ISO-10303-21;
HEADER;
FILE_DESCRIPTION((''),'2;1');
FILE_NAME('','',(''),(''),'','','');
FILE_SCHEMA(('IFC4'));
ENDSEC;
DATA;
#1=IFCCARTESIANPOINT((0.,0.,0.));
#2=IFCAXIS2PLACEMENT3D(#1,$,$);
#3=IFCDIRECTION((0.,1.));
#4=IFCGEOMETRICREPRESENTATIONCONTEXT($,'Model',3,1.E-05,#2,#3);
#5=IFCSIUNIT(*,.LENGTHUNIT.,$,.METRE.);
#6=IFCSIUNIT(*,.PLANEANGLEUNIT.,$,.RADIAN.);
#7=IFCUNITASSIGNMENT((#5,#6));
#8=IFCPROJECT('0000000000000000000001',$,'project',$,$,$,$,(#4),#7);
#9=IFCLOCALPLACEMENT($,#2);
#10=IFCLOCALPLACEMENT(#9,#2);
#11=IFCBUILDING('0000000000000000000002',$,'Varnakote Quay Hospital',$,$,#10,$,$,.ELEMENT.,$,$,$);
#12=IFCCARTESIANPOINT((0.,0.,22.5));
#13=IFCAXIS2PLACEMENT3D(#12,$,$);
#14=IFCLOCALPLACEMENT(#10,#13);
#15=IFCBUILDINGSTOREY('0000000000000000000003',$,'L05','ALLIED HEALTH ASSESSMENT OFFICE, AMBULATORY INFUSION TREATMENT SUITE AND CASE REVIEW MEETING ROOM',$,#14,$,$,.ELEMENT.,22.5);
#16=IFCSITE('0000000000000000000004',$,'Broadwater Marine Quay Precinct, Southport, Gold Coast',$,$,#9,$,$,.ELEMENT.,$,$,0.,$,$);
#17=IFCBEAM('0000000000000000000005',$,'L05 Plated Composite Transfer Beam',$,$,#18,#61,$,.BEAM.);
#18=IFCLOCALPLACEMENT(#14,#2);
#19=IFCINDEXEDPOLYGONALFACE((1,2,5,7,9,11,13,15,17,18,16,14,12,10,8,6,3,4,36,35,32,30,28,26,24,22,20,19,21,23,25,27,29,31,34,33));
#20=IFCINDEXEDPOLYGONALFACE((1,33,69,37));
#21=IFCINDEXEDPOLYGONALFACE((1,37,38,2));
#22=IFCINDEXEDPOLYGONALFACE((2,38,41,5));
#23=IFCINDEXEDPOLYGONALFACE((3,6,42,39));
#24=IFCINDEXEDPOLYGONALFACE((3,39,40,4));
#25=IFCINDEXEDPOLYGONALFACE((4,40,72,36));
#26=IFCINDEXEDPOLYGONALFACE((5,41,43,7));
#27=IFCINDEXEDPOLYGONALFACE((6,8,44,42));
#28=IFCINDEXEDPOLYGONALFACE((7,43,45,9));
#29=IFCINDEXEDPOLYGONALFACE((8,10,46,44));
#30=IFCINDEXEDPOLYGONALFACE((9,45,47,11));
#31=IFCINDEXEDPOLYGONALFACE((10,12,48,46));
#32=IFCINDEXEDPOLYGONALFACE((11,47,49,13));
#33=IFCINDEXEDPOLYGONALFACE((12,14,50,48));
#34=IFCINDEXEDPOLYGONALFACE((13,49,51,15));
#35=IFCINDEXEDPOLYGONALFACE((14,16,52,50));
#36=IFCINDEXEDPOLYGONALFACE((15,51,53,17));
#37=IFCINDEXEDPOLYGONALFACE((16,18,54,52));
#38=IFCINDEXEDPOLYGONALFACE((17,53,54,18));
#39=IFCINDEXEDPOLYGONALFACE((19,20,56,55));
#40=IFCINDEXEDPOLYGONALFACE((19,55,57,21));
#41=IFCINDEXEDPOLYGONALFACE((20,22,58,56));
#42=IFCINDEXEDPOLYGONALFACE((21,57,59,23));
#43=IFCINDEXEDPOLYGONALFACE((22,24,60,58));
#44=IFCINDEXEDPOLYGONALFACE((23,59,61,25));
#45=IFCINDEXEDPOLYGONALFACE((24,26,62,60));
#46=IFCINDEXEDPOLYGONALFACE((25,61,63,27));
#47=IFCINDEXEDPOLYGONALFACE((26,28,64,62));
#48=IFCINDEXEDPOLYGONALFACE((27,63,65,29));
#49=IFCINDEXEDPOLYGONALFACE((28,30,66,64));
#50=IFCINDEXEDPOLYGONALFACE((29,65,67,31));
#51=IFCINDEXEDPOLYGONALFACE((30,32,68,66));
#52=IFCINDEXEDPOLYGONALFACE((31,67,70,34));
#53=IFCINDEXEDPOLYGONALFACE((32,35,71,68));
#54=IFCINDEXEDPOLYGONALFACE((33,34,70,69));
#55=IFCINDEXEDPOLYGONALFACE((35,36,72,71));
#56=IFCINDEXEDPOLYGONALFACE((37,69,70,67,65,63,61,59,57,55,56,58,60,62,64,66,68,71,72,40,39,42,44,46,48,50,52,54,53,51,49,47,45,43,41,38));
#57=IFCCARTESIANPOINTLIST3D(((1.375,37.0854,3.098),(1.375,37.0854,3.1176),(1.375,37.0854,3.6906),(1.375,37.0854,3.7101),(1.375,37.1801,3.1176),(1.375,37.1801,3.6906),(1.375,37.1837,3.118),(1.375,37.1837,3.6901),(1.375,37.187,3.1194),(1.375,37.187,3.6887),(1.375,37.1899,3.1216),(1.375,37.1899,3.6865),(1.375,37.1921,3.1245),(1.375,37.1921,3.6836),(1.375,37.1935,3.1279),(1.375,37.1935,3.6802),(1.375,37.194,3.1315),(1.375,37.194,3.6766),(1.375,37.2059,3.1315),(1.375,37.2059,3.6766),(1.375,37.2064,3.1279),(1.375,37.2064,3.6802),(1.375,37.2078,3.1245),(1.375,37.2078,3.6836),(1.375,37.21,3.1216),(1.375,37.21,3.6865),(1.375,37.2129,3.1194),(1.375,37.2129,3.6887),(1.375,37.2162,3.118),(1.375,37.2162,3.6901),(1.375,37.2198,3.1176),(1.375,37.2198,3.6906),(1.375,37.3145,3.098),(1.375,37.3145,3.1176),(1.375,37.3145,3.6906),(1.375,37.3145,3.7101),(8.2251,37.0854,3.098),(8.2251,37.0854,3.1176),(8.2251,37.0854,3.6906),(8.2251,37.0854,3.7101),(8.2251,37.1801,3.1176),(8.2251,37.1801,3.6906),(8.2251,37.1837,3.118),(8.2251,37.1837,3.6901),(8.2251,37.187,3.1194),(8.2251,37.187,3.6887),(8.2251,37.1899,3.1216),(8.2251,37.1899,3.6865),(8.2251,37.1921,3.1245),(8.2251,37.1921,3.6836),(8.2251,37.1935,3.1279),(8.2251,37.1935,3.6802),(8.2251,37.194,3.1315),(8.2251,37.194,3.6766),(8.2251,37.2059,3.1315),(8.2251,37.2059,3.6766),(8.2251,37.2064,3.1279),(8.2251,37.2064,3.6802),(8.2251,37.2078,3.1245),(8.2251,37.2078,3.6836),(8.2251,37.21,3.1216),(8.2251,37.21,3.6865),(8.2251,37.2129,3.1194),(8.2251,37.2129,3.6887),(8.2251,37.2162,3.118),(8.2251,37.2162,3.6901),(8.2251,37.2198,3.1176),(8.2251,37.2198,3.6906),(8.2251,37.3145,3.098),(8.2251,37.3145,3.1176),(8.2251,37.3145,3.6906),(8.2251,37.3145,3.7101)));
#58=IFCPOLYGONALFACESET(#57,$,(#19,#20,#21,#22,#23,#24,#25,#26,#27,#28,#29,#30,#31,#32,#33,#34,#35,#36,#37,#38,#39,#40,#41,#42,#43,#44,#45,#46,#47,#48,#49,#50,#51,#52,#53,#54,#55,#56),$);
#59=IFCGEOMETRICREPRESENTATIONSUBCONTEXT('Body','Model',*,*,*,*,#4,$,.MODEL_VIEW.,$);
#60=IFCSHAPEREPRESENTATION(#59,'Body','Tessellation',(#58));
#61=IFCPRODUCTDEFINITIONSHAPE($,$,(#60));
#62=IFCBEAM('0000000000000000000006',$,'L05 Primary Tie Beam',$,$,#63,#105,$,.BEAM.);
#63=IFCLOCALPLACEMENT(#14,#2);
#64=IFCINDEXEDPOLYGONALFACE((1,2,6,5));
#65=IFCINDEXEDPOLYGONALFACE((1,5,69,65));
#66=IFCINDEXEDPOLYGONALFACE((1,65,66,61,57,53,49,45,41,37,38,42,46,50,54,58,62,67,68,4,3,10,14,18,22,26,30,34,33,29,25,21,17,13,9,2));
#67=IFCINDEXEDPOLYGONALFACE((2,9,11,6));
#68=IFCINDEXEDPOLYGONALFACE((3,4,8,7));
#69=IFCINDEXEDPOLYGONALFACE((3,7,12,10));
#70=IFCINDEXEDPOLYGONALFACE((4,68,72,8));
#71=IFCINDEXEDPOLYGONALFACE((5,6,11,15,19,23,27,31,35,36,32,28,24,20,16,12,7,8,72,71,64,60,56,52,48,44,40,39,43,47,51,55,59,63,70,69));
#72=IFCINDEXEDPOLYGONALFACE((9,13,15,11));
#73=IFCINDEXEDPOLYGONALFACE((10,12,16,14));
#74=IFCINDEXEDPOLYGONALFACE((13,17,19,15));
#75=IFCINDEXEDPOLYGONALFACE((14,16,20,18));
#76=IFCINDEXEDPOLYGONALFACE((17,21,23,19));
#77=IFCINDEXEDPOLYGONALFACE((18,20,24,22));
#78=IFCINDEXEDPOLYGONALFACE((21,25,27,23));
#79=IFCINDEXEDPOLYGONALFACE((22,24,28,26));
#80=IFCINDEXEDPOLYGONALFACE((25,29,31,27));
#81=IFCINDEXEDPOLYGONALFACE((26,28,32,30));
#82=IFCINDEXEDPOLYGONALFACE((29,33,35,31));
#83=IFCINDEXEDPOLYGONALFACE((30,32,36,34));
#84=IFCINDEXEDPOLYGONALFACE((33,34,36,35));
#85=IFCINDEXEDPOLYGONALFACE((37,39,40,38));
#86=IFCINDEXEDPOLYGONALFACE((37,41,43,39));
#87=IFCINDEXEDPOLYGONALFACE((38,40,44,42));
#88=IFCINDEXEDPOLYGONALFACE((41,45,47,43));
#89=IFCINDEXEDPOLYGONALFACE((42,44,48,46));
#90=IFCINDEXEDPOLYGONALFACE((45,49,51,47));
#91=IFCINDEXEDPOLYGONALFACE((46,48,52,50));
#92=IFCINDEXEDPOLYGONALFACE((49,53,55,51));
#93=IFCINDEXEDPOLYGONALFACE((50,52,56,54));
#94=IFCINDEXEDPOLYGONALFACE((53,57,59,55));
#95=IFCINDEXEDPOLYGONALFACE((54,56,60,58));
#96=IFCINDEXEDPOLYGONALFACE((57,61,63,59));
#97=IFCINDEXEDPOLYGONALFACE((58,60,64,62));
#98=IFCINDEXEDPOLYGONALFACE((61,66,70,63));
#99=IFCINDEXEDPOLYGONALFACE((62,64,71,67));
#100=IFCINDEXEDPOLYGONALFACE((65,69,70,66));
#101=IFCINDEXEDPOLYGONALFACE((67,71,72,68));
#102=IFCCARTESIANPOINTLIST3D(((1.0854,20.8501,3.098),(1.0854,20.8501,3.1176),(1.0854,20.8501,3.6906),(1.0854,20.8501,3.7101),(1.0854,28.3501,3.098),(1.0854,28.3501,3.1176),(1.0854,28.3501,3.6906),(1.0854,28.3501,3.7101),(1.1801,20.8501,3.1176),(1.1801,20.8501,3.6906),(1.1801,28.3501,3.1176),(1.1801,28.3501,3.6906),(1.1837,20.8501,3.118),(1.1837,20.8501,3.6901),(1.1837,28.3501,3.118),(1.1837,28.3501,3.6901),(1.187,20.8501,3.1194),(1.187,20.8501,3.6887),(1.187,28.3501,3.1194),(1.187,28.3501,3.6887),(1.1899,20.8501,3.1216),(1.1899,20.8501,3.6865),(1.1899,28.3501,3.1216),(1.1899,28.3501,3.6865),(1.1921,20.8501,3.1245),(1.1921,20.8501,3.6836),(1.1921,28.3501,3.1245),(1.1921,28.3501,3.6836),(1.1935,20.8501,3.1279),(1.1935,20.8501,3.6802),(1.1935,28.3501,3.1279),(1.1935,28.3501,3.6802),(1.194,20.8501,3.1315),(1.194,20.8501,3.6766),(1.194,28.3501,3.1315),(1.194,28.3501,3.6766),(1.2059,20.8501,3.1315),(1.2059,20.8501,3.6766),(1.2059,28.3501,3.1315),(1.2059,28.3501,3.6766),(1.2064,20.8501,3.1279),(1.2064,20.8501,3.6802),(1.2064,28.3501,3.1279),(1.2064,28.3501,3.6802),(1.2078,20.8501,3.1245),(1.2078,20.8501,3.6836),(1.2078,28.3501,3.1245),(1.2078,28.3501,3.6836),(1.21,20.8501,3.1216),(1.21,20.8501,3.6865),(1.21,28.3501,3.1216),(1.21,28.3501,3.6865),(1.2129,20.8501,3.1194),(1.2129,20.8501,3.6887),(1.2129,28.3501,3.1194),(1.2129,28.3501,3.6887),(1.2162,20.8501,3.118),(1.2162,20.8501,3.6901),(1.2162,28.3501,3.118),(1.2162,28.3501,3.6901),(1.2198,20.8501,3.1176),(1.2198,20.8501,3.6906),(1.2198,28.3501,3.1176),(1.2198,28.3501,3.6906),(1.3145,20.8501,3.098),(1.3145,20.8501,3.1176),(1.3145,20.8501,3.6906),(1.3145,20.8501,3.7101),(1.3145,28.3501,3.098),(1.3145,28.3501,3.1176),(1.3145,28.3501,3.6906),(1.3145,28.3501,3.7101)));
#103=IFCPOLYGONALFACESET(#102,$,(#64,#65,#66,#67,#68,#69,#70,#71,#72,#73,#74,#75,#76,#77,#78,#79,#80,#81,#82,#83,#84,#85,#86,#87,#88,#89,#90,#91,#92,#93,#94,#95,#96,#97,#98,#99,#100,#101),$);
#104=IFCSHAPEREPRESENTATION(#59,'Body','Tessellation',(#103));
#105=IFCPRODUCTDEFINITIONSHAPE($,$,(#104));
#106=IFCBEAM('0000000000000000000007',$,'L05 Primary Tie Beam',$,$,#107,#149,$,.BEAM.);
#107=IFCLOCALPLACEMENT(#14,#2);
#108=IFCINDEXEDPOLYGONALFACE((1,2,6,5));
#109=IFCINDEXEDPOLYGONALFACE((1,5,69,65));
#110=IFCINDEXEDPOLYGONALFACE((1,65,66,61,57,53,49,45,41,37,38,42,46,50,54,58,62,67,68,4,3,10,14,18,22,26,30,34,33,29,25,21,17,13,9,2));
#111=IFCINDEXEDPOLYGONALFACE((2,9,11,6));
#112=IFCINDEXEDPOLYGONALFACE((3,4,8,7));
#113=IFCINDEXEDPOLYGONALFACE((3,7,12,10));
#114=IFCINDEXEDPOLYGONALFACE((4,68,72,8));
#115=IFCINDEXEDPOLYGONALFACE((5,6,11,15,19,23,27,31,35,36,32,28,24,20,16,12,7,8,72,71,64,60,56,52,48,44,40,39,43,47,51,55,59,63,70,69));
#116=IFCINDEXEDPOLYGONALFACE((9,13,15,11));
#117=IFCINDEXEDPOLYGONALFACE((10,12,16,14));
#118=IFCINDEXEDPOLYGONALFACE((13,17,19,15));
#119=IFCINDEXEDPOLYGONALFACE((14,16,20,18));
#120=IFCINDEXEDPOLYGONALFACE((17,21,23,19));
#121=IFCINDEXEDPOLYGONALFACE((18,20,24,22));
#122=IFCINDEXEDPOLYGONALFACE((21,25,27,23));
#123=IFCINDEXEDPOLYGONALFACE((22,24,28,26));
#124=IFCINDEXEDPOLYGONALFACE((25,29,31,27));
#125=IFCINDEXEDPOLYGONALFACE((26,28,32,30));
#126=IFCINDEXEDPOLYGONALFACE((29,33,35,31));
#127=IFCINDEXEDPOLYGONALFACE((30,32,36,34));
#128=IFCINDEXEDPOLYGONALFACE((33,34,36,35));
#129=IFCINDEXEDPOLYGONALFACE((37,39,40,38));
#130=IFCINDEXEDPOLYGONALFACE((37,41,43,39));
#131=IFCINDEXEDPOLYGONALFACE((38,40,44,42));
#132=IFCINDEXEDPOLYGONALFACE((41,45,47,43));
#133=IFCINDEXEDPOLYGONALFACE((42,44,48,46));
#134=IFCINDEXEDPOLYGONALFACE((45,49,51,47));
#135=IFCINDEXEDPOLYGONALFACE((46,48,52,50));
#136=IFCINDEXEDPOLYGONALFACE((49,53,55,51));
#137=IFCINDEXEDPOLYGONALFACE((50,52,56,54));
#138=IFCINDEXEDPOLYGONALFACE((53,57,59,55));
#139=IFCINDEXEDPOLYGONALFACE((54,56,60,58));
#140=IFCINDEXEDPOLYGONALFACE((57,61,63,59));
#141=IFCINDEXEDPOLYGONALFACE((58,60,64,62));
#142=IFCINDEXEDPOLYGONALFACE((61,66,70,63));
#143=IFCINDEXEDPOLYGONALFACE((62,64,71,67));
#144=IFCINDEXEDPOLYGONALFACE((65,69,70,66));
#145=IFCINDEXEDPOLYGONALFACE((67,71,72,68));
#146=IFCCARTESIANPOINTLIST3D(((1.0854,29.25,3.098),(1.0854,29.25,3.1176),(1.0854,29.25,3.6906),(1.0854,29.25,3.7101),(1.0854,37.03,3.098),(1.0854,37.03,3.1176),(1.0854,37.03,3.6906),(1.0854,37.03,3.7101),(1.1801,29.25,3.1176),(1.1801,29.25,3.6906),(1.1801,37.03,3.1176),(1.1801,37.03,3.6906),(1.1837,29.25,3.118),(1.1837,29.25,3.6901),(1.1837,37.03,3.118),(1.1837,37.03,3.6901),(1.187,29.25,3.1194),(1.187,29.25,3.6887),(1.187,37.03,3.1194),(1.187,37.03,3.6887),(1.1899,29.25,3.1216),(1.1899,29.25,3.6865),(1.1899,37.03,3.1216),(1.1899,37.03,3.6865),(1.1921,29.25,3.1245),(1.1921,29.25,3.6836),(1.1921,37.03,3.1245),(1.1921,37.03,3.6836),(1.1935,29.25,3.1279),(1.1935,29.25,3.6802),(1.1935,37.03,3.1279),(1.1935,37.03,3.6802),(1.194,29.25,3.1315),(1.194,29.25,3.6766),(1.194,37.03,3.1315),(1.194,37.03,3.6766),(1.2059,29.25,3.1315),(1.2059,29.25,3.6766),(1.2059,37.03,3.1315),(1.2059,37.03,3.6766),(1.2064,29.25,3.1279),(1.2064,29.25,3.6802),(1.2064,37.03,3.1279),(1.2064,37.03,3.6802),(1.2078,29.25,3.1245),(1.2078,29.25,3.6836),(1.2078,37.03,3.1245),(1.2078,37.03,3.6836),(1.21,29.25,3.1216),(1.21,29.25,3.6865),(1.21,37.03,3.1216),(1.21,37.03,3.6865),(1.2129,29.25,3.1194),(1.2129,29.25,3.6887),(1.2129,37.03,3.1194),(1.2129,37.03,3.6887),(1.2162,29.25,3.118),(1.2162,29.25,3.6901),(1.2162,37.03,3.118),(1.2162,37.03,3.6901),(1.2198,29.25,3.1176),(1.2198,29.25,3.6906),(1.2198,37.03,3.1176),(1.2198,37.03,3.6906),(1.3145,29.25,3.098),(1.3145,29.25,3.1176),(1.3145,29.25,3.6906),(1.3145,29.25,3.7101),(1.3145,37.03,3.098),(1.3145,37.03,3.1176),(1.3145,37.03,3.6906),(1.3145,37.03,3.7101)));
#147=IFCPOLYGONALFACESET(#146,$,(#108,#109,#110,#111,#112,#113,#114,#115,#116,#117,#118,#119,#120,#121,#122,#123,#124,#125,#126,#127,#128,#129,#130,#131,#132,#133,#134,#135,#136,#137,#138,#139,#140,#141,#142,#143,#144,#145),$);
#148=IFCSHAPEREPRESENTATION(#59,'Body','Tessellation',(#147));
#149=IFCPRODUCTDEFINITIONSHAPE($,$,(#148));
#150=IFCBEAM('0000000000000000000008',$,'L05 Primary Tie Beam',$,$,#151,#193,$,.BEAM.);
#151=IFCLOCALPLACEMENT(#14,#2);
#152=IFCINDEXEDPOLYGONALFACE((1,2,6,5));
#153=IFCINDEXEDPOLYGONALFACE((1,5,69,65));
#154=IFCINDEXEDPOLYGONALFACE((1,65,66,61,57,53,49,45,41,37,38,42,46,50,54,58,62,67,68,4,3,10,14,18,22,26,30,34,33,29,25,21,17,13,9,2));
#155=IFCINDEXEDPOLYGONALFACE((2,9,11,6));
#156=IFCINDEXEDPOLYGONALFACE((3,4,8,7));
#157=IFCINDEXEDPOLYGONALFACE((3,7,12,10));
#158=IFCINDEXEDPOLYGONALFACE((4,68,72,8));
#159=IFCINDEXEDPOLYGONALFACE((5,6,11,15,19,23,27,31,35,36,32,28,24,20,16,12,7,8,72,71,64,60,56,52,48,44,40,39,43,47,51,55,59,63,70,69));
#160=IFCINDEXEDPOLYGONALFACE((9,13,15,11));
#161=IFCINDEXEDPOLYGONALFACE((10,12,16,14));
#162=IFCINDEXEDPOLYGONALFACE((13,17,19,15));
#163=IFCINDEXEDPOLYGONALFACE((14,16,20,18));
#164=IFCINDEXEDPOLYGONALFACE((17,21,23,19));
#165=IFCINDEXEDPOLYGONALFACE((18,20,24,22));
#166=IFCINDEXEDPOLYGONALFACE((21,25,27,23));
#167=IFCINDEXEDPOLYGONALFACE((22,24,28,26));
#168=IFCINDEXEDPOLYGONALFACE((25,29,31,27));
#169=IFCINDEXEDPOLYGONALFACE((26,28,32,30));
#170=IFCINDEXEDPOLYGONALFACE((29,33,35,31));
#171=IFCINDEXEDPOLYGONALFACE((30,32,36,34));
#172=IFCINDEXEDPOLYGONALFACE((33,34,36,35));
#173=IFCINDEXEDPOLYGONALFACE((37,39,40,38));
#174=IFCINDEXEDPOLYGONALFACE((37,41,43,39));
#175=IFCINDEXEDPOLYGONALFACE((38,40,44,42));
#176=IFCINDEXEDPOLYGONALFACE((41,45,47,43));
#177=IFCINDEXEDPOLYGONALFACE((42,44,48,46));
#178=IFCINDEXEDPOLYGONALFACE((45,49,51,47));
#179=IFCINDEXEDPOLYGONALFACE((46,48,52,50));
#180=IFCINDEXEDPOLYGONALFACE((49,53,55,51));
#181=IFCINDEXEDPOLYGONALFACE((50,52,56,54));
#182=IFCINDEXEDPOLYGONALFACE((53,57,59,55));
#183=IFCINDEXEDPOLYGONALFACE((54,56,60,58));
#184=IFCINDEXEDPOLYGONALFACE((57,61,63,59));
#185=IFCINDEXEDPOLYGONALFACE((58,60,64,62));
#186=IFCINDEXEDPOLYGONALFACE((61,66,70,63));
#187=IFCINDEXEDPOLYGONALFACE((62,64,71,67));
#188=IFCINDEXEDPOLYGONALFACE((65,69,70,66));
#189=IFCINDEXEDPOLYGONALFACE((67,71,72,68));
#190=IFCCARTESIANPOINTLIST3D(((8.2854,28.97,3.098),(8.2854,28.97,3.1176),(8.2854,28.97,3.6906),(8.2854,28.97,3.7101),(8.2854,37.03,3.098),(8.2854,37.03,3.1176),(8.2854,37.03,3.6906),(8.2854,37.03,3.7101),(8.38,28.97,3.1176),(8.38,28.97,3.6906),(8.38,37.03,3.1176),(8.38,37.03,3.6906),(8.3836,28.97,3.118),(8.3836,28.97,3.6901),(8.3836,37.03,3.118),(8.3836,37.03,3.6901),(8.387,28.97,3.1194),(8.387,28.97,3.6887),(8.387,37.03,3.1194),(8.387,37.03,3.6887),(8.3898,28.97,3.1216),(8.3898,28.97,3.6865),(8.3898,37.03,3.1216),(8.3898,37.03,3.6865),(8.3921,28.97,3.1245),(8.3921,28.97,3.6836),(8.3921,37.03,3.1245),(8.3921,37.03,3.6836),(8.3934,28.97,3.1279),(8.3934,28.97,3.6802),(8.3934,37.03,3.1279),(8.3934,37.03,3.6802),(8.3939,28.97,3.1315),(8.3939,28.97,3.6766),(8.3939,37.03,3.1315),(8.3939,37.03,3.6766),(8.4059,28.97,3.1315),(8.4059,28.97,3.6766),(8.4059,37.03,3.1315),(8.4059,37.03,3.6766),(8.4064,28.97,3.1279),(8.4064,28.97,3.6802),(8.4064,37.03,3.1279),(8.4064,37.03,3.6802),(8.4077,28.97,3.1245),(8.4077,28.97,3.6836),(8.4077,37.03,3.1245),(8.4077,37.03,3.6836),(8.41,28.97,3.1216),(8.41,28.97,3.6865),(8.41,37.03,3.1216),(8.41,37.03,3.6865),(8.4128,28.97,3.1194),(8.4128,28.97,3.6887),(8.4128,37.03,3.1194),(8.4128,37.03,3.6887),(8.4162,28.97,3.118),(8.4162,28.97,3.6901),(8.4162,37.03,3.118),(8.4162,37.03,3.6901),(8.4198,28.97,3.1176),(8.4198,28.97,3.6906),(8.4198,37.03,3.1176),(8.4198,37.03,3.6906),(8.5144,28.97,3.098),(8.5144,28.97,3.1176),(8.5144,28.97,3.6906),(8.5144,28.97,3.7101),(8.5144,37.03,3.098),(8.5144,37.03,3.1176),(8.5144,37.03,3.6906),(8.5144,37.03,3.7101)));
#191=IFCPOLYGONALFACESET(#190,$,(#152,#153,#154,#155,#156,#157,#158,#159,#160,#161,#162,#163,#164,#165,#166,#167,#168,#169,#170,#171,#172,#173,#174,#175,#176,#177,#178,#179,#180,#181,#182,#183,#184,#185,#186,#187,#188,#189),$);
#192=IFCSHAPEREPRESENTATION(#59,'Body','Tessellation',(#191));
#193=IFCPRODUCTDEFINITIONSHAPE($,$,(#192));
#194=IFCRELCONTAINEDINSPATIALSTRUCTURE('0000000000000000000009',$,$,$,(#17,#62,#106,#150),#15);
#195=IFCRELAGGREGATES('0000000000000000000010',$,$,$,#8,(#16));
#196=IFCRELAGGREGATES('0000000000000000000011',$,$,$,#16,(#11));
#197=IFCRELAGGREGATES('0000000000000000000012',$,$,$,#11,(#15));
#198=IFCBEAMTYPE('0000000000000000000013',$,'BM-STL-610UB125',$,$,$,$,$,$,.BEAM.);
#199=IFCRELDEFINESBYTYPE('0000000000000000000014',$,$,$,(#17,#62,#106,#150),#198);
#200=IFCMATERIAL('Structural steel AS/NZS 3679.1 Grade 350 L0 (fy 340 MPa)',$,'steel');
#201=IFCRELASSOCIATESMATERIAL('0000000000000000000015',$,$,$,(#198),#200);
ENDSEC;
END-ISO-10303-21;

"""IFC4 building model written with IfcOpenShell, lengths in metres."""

from ifc_helpers import new_model, si_unit, direction, frame, origin, origin_2d, place, context, subcontext, project, spatial, i_section, extrude, material, material_profile, profile_set, type_object, element, save


model = new_model("IFC4")

# Units and contexts
model_context = context("Model", 3, precision=1e-05, world=origin(), true_north=direction((0.0, 1.0)))
body_context = subcontext(model_context, "Body", "Model", "MODEL_VIEW")
ifc_project = project(units=[si_unit("LENGTHUNIT", "METRE"), si_unit("PLANEANGLEUNIT", "RADIAN")], contexts=[model_context])

# Site, building, storey
site_placement = place(None, origin())
site = spatial("IfcSite", under=ifc_project, at=site_placement, Name="Broadwater Marine Quay Precinct, Southport, Gold Coast", CompositionType="ELEMENT", RefElevation=0.0)
building_placement = place(site_placement, origin())
building = spatial("IfcBuilding", under=site, at=building_placement, Name="Varnakote Quay Hospital", CompositionType="ELEMENT")
storey_placement = place(building_placement, frame((0.0, 0.0, 22.5)))
storey = spatial("IfcBuildingStorey", under=building, at=storey_placement, Name="L05", Description="ALLIED HEALTH ASSESSMENT OFFICE, AMBULATORY INFUSION TREATMENT SUITE AND CASE REVIEW MEETING ROOM", CompositionType="ELEMENT", Elevation=22.5)

# Beams
ifc_material_1 = material(Name="Structural steel AS/NZS 3679.1 Grade 350 L0 (fy 340 MPa)", Category="steel")
ifc_material_profile_1 = material_profile(ifc_material_1, i_section(OverallWidth=0.229, OverallDepth=0.6121, WebThickness=0.012, FlangeThickness=0.0195, FilletRadius=0.0139, at=origin_2d()), Name="610UB125")
ifc_profile_set_1 = profile_set([ifc_material_profile_1], Name="Structural steel AS/NZS 3679.1 Grade 350 L0 (fy 340 MPa)")
beam_type_1 = type_object("IfcBeamType", Name="BM-STL-610UB125", PredefinedType="BEAM", material=ifc_profile_set_1)
beam_1_placement = place(storey_placement, frame((1.375, 37.2, 3.4041), z_axis=(1.0, 0.0, 0.0), x_axis=(0.0, 1.0, 0.0)))
element("IfcBeam", 1, at=beam_1_placement, inside=storey, type_object=beam_type_1, Name="L05 Plated Composite Transfer Beam", PredefinedType="BEAM", context=body_context, shape_type="SweptSolid", body=[
    extrude(i_section(OverallWidth=0.229, OverallDepth=0.6121, WebThickness=0.012, FlangeThickness=0.0195, FilletRadius=0.0139, at=origin_2d()), origin(), (0.0, 0.0, 1.0), 6.8501),
])
beam_2_placement = place(storey_placement, frame((1.2, 20.8501, 3.4041), z_axis=(0.0, 1.0, 0.0), x_axis=(-1.0, 0.0, 0.0)))
element("IfcBeam", 2, at=beam_2_placement, inside=storey, type_object=beam_type_1, Name="L05 Primary Tie Beam", PredefinedType="BEAM", context=body_context, shape_type="SweptSolid", body=[
    extrude(i_section(OverallWidth=0.229, OverallDepth=0.6121, WebThickness=0.012, FlangeThickness=0.0195, FilletRadius=0.0139, at=origin_2d()), origin(), (0.0, 0.0, 1.0), 7.5),
])
beam_3_placement = place(storey_placement, frame((1.2, 29.25, 3.4041), z_axis=(0.0, 1.0, 0.0), x_axis=(-1.0, 0.0, 0.0)))
element("IfcBeam", 3, at=beam_3_placement, inside=storey, type_object=beam_type_1, Name="L05 Primary Tie Beam", PredefinedType="BEAM", context=body_context, shape_type="SweptSolid", body=[
    extrude(i_section(OverallWidth=0.229, OverallDepth=0.6121, WebThickness=0.012, FlangeThickness=0.0195, FilletRadius=0.0139, at=origin_2d()), origin(), (0.0, 0.0, 1.0), 7.78),
])
beam_4_placement = place(storey_placement, frame((8.3999, 28.97, 3.4041), z_axis=(0.0, 1.0, 0.0), x_axis=(-1.0, 0.0, 0.0)))
element("IfcBeam", 4, at=beam_4_placement, inside=storey, type_object=beam_type_1, Name="L05 Primary Tie Beam", PredefinedType="BEAM", context=body_context, shape_type="SweptSolid", body=[
    extrude(i_section(OverallWidth=0.229, OverallDepth=0.6121, WebThickness=0.012, FlangeThickness=0.0195, FilletRadius=0.0139, at=origin_2d()), origin(), (0.0, 0.0, 1.0), 8.0601),
])

save(model, "model.ifc")
